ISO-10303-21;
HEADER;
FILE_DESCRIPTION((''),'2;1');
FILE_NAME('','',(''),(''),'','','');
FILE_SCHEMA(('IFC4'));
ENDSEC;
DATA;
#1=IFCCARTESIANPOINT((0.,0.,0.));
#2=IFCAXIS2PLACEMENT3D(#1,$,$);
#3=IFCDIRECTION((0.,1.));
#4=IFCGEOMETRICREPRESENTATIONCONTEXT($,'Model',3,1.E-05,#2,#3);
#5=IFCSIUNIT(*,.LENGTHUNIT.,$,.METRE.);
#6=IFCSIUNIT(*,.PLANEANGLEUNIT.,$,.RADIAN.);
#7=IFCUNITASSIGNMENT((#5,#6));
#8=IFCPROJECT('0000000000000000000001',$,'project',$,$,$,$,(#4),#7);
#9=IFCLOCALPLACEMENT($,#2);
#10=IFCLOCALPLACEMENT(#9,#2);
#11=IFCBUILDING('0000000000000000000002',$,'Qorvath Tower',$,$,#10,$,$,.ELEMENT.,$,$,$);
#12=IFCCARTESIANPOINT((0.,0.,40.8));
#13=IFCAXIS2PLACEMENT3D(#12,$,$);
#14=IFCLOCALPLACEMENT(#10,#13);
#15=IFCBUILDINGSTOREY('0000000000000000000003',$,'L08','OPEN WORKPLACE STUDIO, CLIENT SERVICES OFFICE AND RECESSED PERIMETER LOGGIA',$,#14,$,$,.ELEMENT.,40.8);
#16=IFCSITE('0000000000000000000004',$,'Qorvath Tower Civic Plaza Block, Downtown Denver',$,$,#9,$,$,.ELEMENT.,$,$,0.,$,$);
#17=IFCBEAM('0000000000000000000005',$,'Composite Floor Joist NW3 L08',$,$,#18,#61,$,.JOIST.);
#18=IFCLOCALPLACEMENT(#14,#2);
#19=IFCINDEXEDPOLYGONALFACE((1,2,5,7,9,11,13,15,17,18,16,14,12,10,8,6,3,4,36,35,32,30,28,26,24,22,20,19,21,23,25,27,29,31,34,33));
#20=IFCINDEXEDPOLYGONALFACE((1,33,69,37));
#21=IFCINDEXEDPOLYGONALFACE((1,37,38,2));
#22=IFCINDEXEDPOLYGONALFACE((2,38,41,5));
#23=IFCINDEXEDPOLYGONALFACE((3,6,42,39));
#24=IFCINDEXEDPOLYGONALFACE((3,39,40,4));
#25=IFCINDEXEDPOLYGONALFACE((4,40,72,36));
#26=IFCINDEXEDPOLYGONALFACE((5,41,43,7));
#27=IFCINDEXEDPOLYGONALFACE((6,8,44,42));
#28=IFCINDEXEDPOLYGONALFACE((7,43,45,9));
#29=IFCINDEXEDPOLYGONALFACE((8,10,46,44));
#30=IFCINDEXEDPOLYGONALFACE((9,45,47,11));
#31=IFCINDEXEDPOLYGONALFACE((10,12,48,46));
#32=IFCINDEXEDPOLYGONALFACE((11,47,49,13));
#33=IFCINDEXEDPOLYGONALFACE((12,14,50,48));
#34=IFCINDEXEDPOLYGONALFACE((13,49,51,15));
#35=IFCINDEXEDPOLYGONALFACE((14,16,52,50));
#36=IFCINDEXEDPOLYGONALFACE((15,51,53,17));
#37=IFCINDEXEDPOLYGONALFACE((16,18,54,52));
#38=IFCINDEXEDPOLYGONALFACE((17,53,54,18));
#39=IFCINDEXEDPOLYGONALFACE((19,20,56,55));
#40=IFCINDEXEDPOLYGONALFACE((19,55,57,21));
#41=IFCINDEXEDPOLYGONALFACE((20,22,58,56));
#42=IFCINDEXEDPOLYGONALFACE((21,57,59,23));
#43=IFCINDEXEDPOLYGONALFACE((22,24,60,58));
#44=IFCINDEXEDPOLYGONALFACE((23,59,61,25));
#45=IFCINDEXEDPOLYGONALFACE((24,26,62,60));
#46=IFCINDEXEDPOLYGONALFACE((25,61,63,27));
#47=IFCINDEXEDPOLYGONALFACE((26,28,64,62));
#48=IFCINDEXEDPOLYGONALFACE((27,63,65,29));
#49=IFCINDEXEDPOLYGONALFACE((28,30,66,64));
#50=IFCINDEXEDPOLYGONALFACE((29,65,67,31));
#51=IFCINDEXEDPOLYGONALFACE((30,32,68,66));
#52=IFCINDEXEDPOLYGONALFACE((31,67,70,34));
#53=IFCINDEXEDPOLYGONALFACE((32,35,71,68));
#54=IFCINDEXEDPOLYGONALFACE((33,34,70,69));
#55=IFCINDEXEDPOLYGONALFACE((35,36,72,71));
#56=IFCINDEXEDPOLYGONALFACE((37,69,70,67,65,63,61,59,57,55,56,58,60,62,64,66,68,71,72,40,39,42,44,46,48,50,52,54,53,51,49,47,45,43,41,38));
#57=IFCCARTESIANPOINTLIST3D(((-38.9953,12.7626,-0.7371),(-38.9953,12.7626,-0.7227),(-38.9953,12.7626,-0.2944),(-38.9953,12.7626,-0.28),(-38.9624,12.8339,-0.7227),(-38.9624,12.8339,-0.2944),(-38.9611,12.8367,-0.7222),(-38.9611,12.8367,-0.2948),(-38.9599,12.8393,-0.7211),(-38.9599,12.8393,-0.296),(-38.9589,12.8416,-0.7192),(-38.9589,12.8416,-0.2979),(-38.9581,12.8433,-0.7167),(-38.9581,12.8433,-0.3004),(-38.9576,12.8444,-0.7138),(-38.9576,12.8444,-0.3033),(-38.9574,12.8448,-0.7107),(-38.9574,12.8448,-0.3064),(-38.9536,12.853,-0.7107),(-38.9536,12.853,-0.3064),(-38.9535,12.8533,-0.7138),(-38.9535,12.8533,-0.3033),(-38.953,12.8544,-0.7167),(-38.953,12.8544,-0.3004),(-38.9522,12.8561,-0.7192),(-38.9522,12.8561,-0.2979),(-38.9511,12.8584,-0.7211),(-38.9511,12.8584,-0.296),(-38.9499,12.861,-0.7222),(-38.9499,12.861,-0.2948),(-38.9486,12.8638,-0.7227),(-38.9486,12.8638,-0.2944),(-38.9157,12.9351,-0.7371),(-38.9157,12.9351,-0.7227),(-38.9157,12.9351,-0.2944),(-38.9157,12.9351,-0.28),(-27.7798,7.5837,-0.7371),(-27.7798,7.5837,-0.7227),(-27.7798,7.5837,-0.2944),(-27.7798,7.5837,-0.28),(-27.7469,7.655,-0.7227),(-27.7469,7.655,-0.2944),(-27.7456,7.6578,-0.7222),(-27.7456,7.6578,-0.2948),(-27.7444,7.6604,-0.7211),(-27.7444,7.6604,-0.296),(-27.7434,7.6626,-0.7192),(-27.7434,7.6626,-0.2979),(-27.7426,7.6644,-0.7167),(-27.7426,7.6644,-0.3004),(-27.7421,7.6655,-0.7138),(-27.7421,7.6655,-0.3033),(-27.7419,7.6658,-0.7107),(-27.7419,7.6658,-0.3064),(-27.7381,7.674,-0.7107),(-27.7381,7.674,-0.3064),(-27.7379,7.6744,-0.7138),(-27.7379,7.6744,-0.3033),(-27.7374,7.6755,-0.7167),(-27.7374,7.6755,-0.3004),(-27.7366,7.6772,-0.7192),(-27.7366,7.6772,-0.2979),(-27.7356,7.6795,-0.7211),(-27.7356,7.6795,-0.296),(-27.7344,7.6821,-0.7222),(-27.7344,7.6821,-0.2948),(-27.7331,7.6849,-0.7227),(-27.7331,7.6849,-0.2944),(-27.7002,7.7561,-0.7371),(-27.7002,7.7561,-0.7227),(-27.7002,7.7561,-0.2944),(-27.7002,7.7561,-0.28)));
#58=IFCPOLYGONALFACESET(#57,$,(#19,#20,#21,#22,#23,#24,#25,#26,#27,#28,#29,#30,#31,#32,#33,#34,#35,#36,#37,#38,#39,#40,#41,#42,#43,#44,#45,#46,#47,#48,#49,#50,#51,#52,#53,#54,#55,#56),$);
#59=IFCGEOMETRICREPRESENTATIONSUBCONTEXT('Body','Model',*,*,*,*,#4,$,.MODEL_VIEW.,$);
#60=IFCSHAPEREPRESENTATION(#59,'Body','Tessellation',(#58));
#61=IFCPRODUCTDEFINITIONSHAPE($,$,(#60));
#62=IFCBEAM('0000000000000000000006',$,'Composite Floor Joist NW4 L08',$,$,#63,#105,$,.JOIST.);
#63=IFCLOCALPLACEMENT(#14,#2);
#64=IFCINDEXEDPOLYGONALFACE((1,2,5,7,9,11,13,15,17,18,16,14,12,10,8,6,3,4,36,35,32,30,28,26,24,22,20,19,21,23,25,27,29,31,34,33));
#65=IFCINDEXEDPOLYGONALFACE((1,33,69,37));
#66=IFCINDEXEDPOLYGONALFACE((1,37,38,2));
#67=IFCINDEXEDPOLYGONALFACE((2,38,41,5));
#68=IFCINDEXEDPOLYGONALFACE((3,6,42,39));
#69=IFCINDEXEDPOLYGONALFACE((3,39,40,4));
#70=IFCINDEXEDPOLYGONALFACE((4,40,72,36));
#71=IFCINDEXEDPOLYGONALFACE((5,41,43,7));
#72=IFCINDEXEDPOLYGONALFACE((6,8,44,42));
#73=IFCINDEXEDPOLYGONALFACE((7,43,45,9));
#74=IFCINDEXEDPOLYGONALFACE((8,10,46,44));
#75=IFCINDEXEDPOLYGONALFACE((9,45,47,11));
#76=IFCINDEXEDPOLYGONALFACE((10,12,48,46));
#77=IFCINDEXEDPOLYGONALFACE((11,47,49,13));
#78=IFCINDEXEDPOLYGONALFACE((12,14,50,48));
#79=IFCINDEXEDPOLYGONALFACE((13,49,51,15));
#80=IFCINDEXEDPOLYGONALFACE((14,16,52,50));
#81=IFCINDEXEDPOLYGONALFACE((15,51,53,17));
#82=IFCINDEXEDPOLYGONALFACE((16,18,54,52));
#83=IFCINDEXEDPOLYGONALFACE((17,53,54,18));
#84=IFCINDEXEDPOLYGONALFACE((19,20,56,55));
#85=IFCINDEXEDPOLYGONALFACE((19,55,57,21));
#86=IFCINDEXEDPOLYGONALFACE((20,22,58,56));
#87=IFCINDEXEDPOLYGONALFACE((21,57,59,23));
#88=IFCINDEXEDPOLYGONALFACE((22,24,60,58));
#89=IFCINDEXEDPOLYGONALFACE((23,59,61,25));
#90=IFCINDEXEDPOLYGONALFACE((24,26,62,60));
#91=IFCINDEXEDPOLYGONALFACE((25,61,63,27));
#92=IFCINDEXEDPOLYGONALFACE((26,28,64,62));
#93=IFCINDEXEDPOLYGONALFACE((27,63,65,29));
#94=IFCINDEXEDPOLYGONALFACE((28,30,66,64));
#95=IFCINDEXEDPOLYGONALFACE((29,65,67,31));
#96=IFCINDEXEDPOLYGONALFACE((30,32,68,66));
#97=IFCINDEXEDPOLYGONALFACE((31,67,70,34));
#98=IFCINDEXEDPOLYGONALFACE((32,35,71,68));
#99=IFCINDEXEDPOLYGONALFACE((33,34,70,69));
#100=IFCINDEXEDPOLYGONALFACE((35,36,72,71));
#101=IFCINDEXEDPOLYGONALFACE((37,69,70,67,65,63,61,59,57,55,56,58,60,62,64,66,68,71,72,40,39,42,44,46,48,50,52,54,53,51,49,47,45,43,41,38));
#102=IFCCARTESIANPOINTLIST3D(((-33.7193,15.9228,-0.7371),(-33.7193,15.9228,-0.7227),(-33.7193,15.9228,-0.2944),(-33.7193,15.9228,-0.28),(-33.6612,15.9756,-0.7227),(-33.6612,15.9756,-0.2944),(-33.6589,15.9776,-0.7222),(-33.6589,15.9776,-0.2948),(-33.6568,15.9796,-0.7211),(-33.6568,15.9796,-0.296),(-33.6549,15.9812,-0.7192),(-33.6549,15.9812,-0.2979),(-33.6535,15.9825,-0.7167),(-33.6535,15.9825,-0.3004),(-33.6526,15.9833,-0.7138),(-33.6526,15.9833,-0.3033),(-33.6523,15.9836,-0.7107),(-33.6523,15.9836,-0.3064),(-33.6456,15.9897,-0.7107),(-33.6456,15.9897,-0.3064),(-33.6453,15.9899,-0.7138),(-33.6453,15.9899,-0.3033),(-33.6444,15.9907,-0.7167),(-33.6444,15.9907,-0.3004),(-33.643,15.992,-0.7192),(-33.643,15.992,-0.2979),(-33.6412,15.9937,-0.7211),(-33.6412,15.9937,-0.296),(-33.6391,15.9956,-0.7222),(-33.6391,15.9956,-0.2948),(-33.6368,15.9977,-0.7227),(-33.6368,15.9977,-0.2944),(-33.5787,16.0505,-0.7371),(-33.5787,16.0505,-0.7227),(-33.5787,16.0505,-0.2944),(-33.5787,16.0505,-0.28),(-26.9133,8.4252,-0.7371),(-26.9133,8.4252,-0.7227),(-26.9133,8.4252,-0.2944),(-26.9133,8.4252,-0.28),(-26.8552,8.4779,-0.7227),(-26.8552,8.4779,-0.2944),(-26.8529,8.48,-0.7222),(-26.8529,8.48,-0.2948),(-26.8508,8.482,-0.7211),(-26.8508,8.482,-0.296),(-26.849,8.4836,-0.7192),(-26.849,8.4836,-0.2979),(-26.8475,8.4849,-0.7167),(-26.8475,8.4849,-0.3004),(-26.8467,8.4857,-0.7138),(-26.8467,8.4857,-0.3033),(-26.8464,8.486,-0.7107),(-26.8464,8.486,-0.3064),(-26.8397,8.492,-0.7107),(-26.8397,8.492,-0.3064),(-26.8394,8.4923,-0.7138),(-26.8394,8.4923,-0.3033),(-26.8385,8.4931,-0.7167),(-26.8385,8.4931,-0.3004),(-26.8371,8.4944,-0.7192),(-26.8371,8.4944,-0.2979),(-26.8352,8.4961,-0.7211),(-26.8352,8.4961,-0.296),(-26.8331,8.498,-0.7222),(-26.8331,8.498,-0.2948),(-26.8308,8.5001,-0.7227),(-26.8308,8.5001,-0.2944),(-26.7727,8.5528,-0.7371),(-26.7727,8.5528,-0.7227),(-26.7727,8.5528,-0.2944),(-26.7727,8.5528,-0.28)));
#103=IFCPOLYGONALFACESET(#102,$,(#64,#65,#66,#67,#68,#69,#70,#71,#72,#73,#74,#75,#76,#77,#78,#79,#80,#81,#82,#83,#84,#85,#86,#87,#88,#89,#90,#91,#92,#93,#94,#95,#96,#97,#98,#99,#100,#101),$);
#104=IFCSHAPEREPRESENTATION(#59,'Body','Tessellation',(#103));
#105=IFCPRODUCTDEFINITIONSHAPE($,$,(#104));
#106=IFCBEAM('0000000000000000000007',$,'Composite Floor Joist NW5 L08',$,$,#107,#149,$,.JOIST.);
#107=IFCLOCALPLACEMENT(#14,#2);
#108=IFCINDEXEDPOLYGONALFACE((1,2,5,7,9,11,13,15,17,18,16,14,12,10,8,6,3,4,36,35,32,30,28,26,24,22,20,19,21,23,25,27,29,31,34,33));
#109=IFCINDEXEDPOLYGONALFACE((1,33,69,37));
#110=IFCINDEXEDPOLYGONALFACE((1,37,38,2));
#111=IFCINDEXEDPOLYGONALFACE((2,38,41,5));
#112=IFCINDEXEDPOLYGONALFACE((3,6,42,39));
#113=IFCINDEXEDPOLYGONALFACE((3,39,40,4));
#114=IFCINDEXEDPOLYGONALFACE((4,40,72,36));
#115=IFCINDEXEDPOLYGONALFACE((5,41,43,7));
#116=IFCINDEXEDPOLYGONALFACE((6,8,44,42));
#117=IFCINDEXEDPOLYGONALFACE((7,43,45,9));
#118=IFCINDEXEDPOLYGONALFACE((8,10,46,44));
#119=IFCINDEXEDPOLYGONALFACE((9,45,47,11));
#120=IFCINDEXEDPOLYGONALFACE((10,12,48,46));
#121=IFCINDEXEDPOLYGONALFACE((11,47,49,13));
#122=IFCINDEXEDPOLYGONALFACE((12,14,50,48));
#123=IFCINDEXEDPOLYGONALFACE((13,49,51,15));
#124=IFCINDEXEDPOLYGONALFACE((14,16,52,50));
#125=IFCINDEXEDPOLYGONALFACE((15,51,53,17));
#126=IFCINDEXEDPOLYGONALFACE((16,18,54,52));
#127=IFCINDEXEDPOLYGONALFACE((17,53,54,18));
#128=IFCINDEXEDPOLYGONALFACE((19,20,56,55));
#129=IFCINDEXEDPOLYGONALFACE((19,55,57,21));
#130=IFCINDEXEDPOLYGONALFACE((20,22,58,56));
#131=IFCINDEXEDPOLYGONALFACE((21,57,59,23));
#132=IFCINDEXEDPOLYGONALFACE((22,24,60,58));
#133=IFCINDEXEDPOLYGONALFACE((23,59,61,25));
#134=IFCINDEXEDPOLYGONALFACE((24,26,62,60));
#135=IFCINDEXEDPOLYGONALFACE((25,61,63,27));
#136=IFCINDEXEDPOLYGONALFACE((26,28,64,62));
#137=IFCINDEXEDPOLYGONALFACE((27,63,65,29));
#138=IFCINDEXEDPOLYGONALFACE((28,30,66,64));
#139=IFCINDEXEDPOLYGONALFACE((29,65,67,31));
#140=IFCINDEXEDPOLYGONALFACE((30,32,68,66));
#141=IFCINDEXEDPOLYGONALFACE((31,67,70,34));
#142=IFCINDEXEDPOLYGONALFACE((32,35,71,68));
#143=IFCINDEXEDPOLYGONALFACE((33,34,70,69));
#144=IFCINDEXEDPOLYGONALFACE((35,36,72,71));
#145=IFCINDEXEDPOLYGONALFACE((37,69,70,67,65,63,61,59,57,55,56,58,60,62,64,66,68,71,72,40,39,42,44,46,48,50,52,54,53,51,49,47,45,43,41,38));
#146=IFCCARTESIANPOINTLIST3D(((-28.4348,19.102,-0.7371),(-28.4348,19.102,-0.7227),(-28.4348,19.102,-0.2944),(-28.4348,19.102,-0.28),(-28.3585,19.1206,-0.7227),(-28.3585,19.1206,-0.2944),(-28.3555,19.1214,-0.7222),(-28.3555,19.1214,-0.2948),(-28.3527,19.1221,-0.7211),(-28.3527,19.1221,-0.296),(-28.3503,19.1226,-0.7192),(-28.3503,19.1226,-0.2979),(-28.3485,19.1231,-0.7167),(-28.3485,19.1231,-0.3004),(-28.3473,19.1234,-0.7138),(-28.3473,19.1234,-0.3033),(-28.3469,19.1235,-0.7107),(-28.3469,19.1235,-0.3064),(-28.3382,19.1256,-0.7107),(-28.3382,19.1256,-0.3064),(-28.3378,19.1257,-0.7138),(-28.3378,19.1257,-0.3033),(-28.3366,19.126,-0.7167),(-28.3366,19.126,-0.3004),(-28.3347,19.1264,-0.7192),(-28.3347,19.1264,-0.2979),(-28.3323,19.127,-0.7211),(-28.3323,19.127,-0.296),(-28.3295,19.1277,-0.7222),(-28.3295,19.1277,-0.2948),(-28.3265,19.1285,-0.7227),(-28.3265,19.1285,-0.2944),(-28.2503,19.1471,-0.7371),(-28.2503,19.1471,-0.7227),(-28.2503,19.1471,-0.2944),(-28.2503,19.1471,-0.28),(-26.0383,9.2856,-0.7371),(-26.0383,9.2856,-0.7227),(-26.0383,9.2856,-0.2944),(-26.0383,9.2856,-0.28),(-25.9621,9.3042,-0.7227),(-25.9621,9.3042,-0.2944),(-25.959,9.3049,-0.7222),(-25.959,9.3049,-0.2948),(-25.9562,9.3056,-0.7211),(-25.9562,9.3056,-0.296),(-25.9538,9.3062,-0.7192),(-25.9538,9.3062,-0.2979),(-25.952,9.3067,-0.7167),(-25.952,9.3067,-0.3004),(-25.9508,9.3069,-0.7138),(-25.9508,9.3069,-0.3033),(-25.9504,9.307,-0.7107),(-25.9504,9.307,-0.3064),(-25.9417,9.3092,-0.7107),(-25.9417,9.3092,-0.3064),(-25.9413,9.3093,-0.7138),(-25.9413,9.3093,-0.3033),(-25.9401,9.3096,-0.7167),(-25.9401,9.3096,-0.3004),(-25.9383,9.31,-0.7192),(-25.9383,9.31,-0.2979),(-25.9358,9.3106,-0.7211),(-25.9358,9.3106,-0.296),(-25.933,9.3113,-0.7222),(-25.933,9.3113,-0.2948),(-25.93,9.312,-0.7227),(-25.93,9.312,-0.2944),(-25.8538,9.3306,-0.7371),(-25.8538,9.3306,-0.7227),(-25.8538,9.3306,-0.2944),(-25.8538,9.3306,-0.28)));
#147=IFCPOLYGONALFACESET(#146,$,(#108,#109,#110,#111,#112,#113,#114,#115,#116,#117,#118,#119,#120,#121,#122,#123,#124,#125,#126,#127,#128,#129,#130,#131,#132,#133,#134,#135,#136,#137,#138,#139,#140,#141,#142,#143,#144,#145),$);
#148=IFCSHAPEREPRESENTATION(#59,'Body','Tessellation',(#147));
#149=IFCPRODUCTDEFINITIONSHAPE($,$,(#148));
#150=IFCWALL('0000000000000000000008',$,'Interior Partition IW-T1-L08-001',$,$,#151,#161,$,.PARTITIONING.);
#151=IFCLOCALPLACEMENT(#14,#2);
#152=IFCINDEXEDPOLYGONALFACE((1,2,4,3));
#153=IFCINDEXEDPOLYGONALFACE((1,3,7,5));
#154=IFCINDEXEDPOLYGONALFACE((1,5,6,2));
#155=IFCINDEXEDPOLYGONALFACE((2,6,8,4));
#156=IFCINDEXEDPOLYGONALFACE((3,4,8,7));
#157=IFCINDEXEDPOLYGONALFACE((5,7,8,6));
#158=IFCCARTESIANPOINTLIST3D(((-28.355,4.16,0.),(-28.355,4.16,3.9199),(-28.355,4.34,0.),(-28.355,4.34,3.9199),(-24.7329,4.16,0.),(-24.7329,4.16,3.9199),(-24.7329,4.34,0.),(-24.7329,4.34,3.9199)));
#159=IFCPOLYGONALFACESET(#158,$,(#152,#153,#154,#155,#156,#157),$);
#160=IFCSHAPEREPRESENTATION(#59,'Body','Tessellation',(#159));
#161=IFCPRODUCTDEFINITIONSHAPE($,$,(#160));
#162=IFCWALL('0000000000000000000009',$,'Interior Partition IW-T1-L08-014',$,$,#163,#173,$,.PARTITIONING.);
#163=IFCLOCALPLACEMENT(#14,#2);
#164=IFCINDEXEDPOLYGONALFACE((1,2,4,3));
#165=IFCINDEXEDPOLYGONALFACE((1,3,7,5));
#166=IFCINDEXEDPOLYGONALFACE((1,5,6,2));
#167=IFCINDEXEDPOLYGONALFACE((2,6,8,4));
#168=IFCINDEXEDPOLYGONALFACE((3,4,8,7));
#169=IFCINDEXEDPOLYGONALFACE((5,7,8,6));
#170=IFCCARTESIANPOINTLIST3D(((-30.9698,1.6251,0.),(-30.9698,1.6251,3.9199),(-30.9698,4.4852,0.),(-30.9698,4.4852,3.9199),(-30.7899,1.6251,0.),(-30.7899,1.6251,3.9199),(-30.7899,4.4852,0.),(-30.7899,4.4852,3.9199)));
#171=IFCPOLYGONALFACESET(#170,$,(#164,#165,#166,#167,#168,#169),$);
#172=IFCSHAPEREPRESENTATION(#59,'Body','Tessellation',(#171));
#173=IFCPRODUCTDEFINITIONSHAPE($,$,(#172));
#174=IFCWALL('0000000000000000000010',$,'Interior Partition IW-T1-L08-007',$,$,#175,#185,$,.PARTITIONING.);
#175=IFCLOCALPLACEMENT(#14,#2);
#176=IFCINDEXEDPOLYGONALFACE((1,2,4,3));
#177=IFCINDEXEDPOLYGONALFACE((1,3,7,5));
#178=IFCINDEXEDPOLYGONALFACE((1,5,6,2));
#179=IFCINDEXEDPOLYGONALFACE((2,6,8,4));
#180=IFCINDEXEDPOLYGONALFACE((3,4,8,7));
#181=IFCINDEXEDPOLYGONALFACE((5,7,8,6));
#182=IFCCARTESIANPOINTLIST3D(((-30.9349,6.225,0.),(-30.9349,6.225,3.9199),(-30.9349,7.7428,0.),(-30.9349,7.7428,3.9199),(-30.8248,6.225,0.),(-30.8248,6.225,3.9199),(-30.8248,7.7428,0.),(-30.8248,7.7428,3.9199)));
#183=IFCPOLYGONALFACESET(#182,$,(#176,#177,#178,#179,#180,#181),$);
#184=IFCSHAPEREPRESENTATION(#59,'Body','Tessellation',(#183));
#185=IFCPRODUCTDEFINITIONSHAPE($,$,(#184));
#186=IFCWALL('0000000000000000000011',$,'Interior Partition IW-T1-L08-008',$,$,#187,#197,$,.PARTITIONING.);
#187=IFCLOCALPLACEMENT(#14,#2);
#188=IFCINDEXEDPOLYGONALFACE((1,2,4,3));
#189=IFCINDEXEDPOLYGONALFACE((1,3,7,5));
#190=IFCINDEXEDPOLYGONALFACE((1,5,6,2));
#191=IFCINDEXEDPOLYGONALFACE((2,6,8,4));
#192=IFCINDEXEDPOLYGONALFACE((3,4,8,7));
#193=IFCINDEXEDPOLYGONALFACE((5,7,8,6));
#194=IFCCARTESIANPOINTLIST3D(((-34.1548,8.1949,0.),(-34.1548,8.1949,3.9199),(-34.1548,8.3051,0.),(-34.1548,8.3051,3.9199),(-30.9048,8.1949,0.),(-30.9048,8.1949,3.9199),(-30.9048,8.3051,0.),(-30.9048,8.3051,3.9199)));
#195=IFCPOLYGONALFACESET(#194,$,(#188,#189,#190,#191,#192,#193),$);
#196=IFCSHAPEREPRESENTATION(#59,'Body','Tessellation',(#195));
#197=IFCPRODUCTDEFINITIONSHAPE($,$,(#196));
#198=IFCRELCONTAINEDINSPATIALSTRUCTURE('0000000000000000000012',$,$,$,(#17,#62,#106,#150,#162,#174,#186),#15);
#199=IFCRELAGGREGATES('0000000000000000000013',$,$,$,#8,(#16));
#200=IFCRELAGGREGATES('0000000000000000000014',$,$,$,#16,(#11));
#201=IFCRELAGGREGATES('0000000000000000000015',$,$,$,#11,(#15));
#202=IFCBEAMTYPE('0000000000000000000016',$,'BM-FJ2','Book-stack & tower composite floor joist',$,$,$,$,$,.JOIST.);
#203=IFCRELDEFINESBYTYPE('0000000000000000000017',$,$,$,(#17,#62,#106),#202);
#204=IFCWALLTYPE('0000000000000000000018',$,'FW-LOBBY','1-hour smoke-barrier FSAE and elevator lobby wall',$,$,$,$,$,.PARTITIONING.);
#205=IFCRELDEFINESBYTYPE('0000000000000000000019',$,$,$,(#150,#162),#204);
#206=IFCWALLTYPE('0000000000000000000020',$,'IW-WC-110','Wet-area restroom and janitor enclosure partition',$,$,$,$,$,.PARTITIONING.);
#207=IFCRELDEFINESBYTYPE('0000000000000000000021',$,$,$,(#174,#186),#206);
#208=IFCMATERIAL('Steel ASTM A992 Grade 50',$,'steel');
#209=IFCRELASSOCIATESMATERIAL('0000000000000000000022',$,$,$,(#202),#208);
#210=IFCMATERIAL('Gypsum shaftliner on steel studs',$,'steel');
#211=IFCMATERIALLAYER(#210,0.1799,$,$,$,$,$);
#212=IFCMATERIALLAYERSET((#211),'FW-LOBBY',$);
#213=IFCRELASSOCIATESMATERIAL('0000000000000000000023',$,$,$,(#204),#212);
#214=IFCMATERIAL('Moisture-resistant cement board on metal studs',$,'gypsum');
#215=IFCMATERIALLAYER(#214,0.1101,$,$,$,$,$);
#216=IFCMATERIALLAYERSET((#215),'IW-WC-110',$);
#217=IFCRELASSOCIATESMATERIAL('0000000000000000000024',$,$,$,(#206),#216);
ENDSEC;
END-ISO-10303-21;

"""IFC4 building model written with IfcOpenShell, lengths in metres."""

from ifc_helpers import new_model, si_unit, direction, frame, frame_2d, origin, origin_2d, place, context, subcontext, project, spatial, rectangle, i_section, extrude, material, layer, layer_set, material_profile, profile_set, type_object, element, save


model = new_model("IFC4")

# Units and contexts
model_context = context("Model", 3, precision=1e-05, world=origin(), true_north=direction((0.0, 1.0)))
body_context = subcontext(model_context, "Body", "Model", "MODEL_VIEW")
ifc_project = project(units=[si_unit("LENGTHUNIT", "METRE"), si_unit("PLANEANGLEUNIT", "RADIAN")], contexts=[model_context])

# Site, building, storey
site_placement = place(None, origin())
site = spatial("IfcSite", under=ifc_project, at=site_placement, Name="Qorvath Tower Civic Plaza Block, Downtown Denver", CompositionType="ELEMENT", RefElevation=0.0)
building_placement = place(site_placement, origin())
building = spatial("IfcBuilding", under=site, at=building_placement, Name="Qorvath Tower", CompositionType="ELEMENT")
storey_placement = place(building_placement, frame((0.0, 0.0, 40.8)))
storey = spatial("IfcBuildingStorey", under=building, at=storey_placement, Name="L08", Description="OPEN WORKPLACE STUDIO, CLIENT SERVICES OFFICE AND RECESSED PERIMETER LOGGIA", CompositionType="ELEMENT", Elevation=40.8)

# Beams
ifc_material_1 = material(Name="Steel ASTM A992 Grade 50", Category="steel")
ifc_material_profile_1 = material_profile(ifc_material_1, i_section(OverallWidth=0.1899, OverallDepth=0.457, WebThickness=0.009, FlangeThickness=0.0144, FilletRadius=0.012, at=origin_2d()), Name="W18x50")
ifc_profile_set_1 = profile_set([ifc_material_profile_1], Name="Steel ASTM A992 Grade 50")
beam_type_1 = type_object("IfcBeamType", Name="BM-FJ2", Description="Book-stack & tower composite floor joist", PredefinedType="JOIST", material=ifc_profile_set_1)
beam_1_placement = place(storey_placement, frame((-27.74, 7.6699, -0.5085), z_axis=(-0.907881, 0.419227, 0.0), x_axis=(-0.419227, -0.907881, 0.0)))
element("IfcBeam", 1, at=beam_1_placement, inside=storey, type_object=beam_type_1, Name="Composite Floor Joist NW3 L08", PredefinedType="JOIST", context=body_context, shape_type="SweptSolid", body=[
    extrude(i_section(OverallWidth=0.1899, OverallDepth=0.457, WebThickness=0.009, FlangeThickness=0.0144, FilletRadius=0.012, at=origin_2d()), origin(), (0.0, 0.0, 1.0), 12.3535),
])
beam_2_placement = place(storey_placement, frame((-26.843, 8.489, -0.5085), z_axis=(-0.672129, 0.740434, 0.0), x_axis=(-0.740434, -0.672129, 0.0)))
element("IfcBeam", 2, at=beam_2_placement, inside=storey, type_object=beam_type_1, Name="Composite Floor Joist NW4 L08", PredefinedType="JOIST", context=body_context, shape_type="SweptSolid", body=[
    extrude(i_section(OverallWidth=0.1899, OverallDepth=0.457, WebThickness=0.009, FlangeThickness=0.0144, FilletRadius=0.012, at=origin_2d()), origin(), (0.0, 0.0, 1.0), 10.126),
])
beam_3_placement = place(storey_placement, frame((-25.946, 9.3081, -0.5085), z_axis=(-0.237165, 0.971469, 0.0), x_axis=(-0.971469, -0.237165, 0.0)))
element("IfcBeam", 3, at=beam_3_placement, inside=storey, type_object=beam_type_1, Name="Composite Floor Joist NW5 L08", PredefinedType="JOIST", context=body_context, shape_type="SweptSolid", body=[
    extrude(i_section(OverallWidth=0.1899, OverallDepth=0.457, WebThickness=0.009, FlangeThickness=0.0144, FilletRadius=0.012, at=origin_2d()), origin(), (0.0, 0.0, 1.0), 10.1047),
])

# Wall
ifc_material_2 = material(Name="Gypsum shaftliner on steel studs", Category="steel")
ifc_layer_1 = layer(ifc_material_2, 0.1799)
ifc_layer_set_1 = layer_set([ifc_layer_1], Name="FW-LOBBY")
wall_type_1 = type_object("IfcWallType", Name="FW-LOBBY", Description="1-hour smoke-barrier FSAE and elevator lobby wall", PredefinedType="PARTITIONING", material=ifc_layer_set_1)
wall_1_placement = place(storey_placement, frame((-28.355, 4.25, 0.0), z_axis=(0.0, 0.0, 1.0), x_axis=(1.0, 0.0, 0.0)))
element("IfcWall", 4, at=wall_1_placement, inside=storey, type_object=wall_type_1, Name="Interior Partition IW-T1-L08-001", PredefinedType="PARTITIONING", context=body_context, shape_type="SweptSolid", body=[
    extrude(rectangle(XDim=3.6221, YDim=0.1799, at=frame_2d((1.811, 0.0))), origin(), (0.0, 0.0, 1.0), 3.9199),
])

# Walls
wall_2_placement = place(storey_placement, frame((-30.8799, 1.625, 0.0), z_axis=(0.0, 0.0, 1.0), x_axis=(0.0, 1.0, 0.0)))
element("IfcWall", 5, at=wall_2_placement, inside=storey, type_object=wall_type_1, Name="Interior Partition IW-T1-L08-014", PredefinedType="PARTITIONING", context=body_context, shape_type="SweptSolid", body=[
    extrude(rectangle(XDim=2.8601, YDim=0.1799, at=frame_2d((1.4302, 0.0))), origin(), (0.0, 0.0, 1.0), 3.9199),
])
ifc_material_3 = material(Name="Moisture-resistant cement board on metal studs", Category="gypsum")
ifc_layer_2 = layer(ifc_material_3, 0.1101)
ifc_layer_set_2 = layer_set([ifc_layer_2], Name="IW-WC-110")
wall_type_2 = type_object("IfcWallType", Name="IW-WC-110", Description="Wet-area restroom and janitor enclosure partition", PredefinedType="PARTITIONING", material=ifc_layer_set_2)
wall_3_placement = place(storey_placement, frame((-30.8799, 6.2251, 0.0), z_axis=(0.0, 0.0, 1.0), x_axis=(0.0, 1.0, 0.0)))
element("IfcWall", 6, at=wall_3_placement, inside=storey, type_object=wall_type_2, Name="Interior Partition IW-T1-L08-007", PredefinedType="PARTITIONING", context=body_context, shape_type="SweptSolid", body=[
    extrude(rectangle(XDim=1.5178, YDim=0.1101, at=frame_2d((0.7588, 0.0))), origin(), (0.0, 0.0, 1.0), 3.9199),
])
wall_4_placement = place(storey_placement, frame((-30.9048, 8.25, 0.0), z_axis=(0.0, 0.0, 1.0), x_axis=(-1.0, 0.0, 0.0)))
element("IfcWall", 7, at=wall_4_placement, inside=storey, type_object=wall_type_2, Name="Interior Partition IW-T1-L08-008", PredefinedType="PARTITIONING", context=body_context, shape_type="SweptSolid", body=[
    extrude(rectangle(XDim=3.25, YDim=0.1101, at=frame_2d((1.625, 0.0))), origin(), (0.0, 0.0, 1.0), 3.9199),
])

save(model, "model.ifc")
